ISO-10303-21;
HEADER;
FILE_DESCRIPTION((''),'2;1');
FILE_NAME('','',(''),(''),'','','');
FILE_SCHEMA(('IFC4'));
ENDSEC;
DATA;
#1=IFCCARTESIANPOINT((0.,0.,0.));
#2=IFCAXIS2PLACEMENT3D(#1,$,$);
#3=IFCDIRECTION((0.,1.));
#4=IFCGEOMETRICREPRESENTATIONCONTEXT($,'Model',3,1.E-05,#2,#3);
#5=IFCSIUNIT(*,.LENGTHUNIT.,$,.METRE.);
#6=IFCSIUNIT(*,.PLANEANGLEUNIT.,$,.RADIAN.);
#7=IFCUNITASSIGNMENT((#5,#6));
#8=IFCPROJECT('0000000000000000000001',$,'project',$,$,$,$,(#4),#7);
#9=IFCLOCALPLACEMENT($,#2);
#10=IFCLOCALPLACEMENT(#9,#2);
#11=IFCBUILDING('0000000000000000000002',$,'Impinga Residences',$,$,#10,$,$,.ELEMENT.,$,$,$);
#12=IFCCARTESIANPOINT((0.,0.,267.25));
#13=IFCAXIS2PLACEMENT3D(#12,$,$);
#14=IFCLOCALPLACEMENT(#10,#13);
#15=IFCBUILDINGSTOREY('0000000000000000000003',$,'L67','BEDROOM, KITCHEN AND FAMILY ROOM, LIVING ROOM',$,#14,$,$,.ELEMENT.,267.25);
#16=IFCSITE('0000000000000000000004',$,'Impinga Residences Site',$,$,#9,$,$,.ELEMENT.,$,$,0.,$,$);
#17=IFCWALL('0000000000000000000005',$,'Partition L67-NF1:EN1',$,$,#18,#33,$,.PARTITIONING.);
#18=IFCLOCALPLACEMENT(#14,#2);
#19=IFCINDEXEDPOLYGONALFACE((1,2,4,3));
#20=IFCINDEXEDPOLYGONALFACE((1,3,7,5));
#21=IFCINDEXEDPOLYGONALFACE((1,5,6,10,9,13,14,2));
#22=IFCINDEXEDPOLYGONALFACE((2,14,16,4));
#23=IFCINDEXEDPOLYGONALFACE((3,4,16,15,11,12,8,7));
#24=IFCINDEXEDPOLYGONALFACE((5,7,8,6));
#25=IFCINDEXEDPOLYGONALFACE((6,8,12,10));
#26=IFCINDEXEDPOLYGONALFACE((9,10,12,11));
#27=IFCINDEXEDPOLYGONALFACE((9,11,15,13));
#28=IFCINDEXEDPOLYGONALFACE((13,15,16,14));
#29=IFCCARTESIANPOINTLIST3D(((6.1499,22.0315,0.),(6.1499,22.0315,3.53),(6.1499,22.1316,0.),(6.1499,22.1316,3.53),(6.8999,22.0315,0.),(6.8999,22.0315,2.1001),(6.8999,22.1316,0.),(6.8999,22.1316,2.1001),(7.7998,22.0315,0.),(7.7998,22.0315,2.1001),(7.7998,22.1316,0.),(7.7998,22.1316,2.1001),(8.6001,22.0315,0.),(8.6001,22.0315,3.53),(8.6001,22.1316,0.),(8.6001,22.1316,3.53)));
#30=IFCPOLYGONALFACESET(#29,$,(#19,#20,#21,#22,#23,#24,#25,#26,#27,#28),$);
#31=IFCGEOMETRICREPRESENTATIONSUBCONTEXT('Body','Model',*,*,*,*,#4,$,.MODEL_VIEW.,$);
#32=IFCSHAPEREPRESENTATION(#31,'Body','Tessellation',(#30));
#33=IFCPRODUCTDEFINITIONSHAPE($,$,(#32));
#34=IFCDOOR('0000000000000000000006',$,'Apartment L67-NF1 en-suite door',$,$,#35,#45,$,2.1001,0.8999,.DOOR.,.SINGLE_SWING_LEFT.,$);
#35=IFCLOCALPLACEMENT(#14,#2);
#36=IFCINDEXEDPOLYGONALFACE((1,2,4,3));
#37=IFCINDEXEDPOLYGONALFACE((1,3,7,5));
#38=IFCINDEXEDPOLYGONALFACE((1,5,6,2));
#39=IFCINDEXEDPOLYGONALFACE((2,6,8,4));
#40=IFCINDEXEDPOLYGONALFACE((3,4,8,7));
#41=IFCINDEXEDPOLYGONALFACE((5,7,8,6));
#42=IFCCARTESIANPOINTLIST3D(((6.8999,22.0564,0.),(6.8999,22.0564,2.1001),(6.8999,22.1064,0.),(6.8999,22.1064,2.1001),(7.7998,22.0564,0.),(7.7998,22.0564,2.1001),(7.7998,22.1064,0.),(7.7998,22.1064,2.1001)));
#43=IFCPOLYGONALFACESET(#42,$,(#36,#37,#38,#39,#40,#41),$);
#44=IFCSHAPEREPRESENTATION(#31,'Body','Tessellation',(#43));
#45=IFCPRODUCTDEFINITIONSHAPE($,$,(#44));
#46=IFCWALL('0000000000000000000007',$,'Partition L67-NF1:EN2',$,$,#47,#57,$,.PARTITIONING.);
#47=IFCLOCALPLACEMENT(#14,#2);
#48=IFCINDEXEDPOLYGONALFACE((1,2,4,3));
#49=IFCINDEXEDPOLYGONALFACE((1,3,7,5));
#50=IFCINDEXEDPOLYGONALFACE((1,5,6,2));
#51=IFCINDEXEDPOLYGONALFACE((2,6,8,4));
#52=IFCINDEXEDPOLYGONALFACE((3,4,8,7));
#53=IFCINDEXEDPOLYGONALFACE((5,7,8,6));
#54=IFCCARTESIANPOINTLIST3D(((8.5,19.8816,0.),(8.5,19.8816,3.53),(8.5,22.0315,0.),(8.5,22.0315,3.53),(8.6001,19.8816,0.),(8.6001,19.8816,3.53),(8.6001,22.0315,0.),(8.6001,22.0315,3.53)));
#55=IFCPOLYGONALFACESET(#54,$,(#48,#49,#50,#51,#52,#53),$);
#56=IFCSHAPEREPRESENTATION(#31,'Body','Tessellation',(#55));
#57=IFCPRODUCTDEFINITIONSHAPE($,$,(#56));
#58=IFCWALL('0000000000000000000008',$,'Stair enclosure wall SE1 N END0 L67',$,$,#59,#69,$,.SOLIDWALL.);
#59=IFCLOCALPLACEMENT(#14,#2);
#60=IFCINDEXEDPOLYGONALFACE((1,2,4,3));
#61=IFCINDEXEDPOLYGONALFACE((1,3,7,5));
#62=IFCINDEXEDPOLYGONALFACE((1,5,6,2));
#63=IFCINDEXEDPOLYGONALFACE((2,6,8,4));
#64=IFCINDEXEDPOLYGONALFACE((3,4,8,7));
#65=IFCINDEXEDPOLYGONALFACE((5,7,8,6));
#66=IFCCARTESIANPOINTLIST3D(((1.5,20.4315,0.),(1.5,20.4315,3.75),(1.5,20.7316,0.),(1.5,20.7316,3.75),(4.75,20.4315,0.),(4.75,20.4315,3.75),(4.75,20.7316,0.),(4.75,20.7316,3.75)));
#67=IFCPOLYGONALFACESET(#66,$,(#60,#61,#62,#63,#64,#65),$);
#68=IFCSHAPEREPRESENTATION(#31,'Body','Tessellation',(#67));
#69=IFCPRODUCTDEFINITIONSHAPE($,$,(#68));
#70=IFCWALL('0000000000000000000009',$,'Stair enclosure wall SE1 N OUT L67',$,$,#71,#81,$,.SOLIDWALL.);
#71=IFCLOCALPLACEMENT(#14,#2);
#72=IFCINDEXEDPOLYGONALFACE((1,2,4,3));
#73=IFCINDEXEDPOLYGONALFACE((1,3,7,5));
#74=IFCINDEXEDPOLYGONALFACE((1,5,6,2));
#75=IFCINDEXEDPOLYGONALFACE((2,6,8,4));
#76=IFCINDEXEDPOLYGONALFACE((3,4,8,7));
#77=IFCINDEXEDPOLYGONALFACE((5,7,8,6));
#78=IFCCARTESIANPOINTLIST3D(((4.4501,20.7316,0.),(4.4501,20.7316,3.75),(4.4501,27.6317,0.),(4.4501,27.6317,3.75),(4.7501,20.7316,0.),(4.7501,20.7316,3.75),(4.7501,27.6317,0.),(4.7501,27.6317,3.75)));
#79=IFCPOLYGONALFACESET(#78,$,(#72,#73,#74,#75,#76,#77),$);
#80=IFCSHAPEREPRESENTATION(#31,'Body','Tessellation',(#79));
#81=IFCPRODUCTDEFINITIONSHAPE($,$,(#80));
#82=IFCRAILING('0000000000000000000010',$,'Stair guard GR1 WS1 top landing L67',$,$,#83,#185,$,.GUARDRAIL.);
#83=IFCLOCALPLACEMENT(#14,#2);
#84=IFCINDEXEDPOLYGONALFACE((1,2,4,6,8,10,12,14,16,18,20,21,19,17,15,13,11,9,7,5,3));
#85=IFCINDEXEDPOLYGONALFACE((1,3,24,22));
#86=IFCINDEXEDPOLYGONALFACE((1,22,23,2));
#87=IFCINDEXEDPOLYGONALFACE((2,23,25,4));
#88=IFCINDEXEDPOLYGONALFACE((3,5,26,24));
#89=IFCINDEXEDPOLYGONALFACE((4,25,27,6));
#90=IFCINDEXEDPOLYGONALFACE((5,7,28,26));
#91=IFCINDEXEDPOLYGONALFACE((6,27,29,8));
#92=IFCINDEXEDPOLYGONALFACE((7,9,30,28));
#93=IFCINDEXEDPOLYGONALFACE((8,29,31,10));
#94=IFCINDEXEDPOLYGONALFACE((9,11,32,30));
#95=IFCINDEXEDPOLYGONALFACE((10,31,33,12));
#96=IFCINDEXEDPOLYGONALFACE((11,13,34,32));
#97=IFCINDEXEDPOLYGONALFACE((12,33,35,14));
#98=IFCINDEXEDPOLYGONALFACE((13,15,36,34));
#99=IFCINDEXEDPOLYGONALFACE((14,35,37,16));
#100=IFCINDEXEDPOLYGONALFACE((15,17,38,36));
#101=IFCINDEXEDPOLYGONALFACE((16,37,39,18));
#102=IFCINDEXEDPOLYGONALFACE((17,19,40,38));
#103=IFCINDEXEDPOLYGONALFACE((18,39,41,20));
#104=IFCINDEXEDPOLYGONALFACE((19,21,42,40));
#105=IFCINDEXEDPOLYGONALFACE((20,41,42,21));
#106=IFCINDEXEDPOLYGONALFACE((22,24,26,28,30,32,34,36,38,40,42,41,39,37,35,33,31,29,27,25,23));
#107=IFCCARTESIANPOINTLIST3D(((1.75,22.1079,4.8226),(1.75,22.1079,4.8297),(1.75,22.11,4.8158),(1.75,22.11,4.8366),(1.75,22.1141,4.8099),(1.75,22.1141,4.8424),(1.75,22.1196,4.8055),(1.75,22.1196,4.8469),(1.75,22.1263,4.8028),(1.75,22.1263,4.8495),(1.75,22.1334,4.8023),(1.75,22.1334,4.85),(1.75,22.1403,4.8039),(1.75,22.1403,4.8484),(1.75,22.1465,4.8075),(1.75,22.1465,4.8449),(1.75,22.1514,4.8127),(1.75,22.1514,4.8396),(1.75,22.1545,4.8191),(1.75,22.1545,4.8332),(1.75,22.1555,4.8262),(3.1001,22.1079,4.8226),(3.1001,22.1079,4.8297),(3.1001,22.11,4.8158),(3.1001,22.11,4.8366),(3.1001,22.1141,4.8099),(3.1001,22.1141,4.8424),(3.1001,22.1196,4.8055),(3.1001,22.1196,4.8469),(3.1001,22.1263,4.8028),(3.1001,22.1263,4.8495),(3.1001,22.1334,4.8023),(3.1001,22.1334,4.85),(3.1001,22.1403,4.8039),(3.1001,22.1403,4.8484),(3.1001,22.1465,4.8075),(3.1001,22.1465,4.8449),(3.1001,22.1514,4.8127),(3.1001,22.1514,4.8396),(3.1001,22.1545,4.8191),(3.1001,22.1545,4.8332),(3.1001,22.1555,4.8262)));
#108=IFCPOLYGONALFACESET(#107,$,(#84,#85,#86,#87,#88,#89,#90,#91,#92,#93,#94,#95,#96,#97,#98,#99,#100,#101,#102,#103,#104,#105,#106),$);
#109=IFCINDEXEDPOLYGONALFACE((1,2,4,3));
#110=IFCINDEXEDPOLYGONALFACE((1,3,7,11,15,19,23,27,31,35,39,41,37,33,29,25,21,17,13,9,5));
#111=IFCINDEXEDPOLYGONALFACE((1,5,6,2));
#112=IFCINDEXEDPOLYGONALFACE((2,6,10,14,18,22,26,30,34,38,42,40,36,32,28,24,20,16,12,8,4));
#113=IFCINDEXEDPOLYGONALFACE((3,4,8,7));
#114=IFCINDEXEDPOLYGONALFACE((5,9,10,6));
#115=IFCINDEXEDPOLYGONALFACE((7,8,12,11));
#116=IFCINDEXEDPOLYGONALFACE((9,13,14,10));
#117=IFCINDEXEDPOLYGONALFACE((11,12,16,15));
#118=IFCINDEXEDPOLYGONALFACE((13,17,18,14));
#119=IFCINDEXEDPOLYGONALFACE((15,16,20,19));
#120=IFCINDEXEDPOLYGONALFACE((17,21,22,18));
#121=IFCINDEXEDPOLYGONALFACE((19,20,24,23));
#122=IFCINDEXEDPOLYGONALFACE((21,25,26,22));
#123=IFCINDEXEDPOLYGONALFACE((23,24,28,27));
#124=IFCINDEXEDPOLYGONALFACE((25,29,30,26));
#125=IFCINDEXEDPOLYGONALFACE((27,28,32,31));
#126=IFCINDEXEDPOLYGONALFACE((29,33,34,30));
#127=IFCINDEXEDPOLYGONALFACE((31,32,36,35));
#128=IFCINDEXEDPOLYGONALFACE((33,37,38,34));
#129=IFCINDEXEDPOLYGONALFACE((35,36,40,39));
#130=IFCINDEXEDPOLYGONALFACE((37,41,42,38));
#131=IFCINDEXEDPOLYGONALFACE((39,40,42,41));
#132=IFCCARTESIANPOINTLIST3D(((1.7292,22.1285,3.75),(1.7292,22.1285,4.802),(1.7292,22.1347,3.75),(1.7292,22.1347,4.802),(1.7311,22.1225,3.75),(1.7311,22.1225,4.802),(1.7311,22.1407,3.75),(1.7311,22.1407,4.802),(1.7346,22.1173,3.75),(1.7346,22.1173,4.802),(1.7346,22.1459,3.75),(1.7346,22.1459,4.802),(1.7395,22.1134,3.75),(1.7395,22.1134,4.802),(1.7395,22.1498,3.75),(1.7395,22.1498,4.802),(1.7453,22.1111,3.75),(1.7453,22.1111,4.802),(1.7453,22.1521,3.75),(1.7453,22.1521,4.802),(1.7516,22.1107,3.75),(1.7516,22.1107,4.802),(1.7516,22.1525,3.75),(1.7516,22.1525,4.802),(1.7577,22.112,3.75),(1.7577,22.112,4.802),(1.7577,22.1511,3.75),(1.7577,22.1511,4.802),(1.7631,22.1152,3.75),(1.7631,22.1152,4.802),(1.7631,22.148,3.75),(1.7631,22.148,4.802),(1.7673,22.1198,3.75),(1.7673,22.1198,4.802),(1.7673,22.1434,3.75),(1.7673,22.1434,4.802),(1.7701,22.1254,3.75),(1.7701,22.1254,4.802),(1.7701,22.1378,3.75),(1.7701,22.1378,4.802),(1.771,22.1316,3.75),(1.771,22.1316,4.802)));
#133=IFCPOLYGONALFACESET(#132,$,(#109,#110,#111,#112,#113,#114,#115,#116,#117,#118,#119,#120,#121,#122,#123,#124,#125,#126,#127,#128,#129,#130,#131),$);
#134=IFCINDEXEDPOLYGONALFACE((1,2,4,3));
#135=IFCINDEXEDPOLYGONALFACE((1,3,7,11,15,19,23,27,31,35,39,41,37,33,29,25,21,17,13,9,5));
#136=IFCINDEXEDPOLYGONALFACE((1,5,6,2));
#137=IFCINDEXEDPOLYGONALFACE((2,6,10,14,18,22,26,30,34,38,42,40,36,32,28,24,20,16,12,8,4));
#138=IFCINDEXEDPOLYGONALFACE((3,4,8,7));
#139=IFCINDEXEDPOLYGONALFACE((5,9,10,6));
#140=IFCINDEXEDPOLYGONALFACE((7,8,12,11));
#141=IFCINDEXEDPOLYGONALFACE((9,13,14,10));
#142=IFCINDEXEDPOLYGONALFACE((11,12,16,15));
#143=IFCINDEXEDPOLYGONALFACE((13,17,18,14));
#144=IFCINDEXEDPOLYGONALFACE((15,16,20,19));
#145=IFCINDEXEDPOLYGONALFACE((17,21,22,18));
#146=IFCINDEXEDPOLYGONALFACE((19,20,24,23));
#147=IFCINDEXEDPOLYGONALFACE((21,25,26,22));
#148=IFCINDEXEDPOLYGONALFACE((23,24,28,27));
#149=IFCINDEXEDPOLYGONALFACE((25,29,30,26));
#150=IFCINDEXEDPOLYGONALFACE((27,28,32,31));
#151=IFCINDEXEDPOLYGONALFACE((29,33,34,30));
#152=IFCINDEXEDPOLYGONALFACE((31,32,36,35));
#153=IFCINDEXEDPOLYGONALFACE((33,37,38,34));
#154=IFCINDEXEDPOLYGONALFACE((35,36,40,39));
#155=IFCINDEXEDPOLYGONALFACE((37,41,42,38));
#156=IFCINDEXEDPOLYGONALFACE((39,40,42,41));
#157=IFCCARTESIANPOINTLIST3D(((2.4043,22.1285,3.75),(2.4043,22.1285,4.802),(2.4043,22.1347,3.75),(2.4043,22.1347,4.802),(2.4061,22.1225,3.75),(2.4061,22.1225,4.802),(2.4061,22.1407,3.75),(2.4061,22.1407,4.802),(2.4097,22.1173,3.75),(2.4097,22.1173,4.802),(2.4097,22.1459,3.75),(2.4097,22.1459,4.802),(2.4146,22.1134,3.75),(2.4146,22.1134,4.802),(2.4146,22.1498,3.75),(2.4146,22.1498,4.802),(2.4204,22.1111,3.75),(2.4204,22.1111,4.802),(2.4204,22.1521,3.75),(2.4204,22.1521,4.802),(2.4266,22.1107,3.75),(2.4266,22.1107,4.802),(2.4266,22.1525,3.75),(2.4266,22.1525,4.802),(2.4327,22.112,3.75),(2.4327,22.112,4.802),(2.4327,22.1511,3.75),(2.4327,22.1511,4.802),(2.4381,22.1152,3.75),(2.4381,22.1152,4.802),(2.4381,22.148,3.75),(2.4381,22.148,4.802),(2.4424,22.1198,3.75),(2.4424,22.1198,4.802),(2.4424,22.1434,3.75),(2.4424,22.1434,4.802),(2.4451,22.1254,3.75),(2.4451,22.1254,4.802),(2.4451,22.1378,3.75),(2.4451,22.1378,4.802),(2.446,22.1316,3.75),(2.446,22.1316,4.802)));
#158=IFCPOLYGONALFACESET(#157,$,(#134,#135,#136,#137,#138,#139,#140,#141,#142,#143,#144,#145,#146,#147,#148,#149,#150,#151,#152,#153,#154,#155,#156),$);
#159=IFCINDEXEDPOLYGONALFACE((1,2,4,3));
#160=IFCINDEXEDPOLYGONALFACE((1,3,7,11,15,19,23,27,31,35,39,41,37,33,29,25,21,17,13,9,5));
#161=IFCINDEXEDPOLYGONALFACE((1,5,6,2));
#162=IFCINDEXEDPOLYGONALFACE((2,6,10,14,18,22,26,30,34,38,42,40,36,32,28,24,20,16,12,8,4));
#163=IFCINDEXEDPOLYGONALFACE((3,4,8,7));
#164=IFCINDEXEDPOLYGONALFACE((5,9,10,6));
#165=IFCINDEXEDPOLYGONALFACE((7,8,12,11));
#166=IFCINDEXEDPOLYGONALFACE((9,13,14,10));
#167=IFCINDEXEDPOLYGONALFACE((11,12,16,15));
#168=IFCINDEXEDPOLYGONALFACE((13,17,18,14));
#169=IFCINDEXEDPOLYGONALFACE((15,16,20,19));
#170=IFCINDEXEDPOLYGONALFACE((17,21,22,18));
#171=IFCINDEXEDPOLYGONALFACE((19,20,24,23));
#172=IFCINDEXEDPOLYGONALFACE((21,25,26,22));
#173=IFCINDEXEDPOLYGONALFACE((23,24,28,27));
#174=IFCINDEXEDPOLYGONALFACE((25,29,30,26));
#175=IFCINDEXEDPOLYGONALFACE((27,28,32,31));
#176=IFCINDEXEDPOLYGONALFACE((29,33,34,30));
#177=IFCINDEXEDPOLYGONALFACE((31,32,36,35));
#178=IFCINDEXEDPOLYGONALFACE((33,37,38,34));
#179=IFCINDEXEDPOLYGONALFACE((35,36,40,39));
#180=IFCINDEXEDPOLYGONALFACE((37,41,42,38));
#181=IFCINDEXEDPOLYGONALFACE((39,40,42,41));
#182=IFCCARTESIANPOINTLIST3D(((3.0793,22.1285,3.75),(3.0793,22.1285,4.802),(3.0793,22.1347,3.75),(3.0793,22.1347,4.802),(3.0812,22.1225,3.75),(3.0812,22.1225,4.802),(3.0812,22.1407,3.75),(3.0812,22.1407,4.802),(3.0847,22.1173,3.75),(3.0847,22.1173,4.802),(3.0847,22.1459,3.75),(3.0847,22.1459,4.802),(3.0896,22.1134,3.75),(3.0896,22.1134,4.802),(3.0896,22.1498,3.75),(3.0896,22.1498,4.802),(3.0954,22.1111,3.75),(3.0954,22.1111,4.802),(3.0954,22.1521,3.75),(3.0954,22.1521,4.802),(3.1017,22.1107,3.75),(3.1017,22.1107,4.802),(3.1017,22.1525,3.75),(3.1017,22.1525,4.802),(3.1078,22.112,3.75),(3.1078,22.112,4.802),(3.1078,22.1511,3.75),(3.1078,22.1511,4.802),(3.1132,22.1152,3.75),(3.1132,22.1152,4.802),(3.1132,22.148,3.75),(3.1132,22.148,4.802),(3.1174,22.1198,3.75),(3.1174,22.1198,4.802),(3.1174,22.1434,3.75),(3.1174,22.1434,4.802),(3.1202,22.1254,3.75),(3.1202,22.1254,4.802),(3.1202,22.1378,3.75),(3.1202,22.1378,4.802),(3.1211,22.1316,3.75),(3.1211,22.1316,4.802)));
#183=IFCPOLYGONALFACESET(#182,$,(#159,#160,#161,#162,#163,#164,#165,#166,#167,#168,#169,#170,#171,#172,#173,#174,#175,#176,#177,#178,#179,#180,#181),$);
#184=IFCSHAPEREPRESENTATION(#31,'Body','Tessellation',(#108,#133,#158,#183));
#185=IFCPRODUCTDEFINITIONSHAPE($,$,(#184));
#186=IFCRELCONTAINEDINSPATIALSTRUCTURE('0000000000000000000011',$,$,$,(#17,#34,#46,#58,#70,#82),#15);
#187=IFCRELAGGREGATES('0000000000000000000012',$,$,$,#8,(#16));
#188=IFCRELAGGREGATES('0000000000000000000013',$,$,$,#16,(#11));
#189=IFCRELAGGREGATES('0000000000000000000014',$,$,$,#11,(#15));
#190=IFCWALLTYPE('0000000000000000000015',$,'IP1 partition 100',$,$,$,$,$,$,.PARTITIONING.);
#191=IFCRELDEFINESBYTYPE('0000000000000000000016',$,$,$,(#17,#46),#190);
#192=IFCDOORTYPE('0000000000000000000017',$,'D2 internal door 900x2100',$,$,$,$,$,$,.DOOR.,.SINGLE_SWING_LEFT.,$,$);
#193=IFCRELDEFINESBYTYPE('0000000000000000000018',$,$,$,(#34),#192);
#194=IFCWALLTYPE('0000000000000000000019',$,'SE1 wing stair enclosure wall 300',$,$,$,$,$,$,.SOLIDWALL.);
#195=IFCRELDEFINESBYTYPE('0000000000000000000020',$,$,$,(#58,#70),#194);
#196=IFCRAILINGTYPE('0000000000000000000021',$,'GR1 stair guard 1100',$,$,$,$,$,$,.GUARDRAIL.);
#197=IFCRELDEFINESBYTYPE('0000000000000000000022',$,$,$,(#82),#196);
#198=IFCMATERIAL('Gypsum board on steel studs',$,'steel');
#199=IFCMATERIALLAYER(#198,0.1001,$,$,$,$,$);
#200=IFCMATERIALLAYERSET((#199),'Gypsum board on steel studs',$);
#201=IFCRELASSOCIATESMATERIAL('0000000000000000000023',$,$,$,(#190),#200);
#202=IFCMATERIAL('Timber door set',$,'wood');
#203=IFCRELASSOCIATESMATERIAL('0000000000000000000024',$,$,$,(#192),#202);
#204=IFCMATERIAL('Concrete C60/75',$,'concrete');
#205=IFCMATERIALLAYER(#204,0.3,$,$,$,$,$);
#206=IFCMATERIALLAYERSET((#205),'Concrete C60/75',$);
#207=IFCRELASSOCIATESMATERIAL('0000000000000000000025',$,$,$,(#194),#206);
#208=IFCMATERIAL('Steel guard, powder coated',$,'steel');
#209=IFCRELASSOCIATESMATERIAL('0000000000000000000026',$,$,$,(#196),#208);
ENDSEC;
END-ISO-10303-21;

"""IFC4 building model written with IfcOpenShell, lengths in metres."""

from ifc_helpers import new_model, si_unit, direction, frame, frame_2d, origin, origin_2d, place, context, subcontext, project, spatial, rectangle, circle, extrude, material, layer, layer_set, type_object, element, fill, save


model = new_model("IFC4")

# Units and contexts
model_context = context("Model", 3, precision=1e-05, world=origin(), true_north=direction((0.0, 1.0)))
body_context = subcontext(model_context, "Body", "Model", "MODEL_VIEW")
ifc_project = project(units=[si_unit("LENGTHUNIT", "METRE"), si_unit("PLANEANGLEUNIT", "RADIAN")], contexts=[model_context])

# Site, building, storey
site_placement = place(None, origin())
site = spatial("IfcSite", under=ifc_project, at=site_placement, Name="Impinga Residences Site", CompositionType="ELEMENT", RefElevation=0.0)
building_placement = place(site_placement, origin())
building = spatial("IfcBuilding", under=site, at=building_placement, Name="Impinga Residences", CompositionType="ELEMENT")
storey_placement = place(building_placement, frame((0.0, 0.0, 267.25)))
storey = spatial("IfcBuildingStorey", under=building, at=storey_placement, Name="L67", Description="BEDROOM, KITCHEN AND FAMILY ROOM, LIVING ROOM", CompositionType="ELEMENT", Elevation=267.25)

# Shared definitions
ifc_material_1 = material(Name="Concrete C60/75", Category="concrete")

# Shared definitions
ifc_material_2 = material(Name="Gypsum board on steel studs", Category="steel")
ifc_layer_1 = layer(ifc_material_2, 0.1001)
ifc_layer_set_1 = layer_set([ifc_layer_1], Name="Gypsum board on steel studs")
wall_type_1 = type_object("IfcWallType", Name="IP1 partition 100", PredefinedType="PARTITIONING", material=ifc_layer_set_1)

# Shared definitions
ifc_material_3 = material(Name="Timber door set", Category="wood")
door_type = type_object("IfcDoorType", Name="D2 internal door 900x2100", OperationType="SINGLE_SWING_LEFT", PredefinedType="DOOR", material=ifc_material_3)

# Wall, opening, door
wall_1_placement = place(storey_placement, frame((6.1499, 22.0815, 0.0), z_axis=(0.0, 0.0, 1.0), x_axis=(1.0, 0.0, 0.0)))
wall_1 = element("IfcWall", 1, at=wall_1_placement, inside=storey, type_object=wall_type_1, Name="Partition L67-NF1:EN1", PredefinedType="PARTITIONING", context=body_context, shape_type="SweptSolid", body=[
    extrude(rectangle(XDim=2.4502, YDim=0.1001, at=frame_2d((1.2251, 0.0))), origin(), (0.0, 0.0, 1.0), 3.53),
])
opening_1_placement = place(wall_1_placement, frame((0.75, 0.0, 0.0)))
opening_1 = element("IfcOpeningElement", 2, at=opening_1_placement, cuts=wall_1, PredefinedType="OPENING", context=body_context, shape_type="SweptSolid", body=[
    extrude(rectangle(XDim=0.8999, YDim=2.1001, at=frame_2d((0.45, 1.05))), frame((0.0, 0.0601, 0.0), z_axis=(0.0, -1.0, 0.0), x_axis=(1.0, 0.0, 0.0)), (0.0, 0.0, 1.0), 0.1201),
])
door_1_placement = place(opening_1_placement, origin())
door_1 = element("IfcDoor", 3, at=door_1_placement, inside=storey, type_object=door_type, Name="Apartment L67-NF1 en-suite door", OperationType="SINGLE_SWING_LEFT", OverallHeight=2.1001, OverallWidth=0.8999, PredefinedType="DOOR", context=body_context, shape_type="SweptSolid", body=[
    extrude(rectangle(XDim=0.8999, YDim=2.1001, at=frame_2d((0.45, 1.05))), frame((0.0, 0.0249, 0.0), z_axis=(0.0, -1.0, 0.0), x_axis=(1.0, 0.0, 0.0)), (0.0, 0.0, 1.0), 0.05),
])
fill(opening_1, door_1)

# Walls
wall_2_placement = place(storey_placement, frame((8.55, 19.8816, 0.0), z_axis=(0.0, 0.0, 1.0), x_axis=(0.0, 1.0, 0.0)))
element("IfcWall", 4, at=wall_2_placement, inside=storey, type_object=wall_type_1, Name="Partition L67-NF1:EN2", PredefinedType="PARTITIONING", context=body_context, shape_type="SweptSolid", body=[
    extrude(rectangle(XDim=2.1499, YDim=0.1001, at=frame_2d((1.075, 0.0))), origin(), (0.0, 0.0, 1.0), 3.53),
])
ifc_layer_2 = layer(ifc_material_1, 0.3)
ifc_layer_set_2 = layer_set([ifc_layer_2], Name="Concrete C60/75")
wall_type_2 = type_object("IfcWallType", Name="SE1 wing stair enclosure wall 300", PredefinedType="SOLIDWALL", material=ifc_layer_set_2)
wall_3_placement = place(storey_placement, frame((1.5, 20.5815, 0.0), z_axis=(0.0, 0.0, 1.0), x_axis=(1.0, 0.0, 0.0)))
element("IfcWall", 5, at=wall_3_placement, inside=storey, type_object=wall_type_2, Name="Stair enclosure wall SE1 N END0 L67", PredefinedType="SOLIDWALL", context=body_context, shape_type="SweptSolid", body=[
    extrude(rectangle(XDim=3.25, YDim=0.3, at=frame_2d((1.625, 0.0))), origin(), (0.0, 0.0, 1.0), 3.75),
])
wall_4_placement = place(storey_placement, frame((4.6001, 20.7314, 0.0), z_axis=(0.0, 0.0, 1.0), x_axis=(0.0, 1.0, 0.0)))
element("IfcWall", 6, at=wall_4_placement, inside=storey, type_object=wall_type_2, Name="Stair enclosure wall SE1 N OUT L67", PredefinedType="SOLIDWALL", context=body_context, shape_type="SweptSolid", body=[
    extrude(rectangle(XDim=6.9001, YDim=0.3, at=frame_2d((3.4502, 0.0))), origin(), (0.0, 0.0, 1.0), 3.75),
])

# Railing
ifc_material_4 = material(Name="Steel guard, powder coated", Category="steel")
railing_type = type_object("IfcRailingType", Name="GR1 stair guard 1100", PredefinedType="GUARDRAIL", material=ifc_material_4)
railing_placement = place(storey_placement, frame((1.75, 22.1316, 3.75)))
element("IfcRailing", 7, at=railing_placement, inside=storey, type_object=railing_type, Name="Stair guard GR1 WS1 top landing L67", PredefinedType="GUARDRAIL", context=body_context, shape_type="SweptSolid", body=[
    extrude(circle(Radius=0.0239, at=origin_2d()), frame((0.0, 0.0, 1.0762), z_axis=(1.0, 0.0, 0.0), x_axis=(0.0, 1.0, 0.0)), (0.0, 0.0, 1.0), 1.3501),
    extrude(circle(Radius=0.021, at=origin_2d()), origin(), (0.0, 0.0, 1.0), 1.052),
    extrude(circle(Radius=0.021, at=origin_2d()), frame((0.675, 0.0, 0.0)), (0.0, 0.0, 1.0), 1.052),
    extrude(circle(Radius=0.021, at=origin_2d()), frame((1.3501, 0.0, 0.0)), (0.0, 0.0, 1.0), 1.052),
])

save(model, "model.ifc")
